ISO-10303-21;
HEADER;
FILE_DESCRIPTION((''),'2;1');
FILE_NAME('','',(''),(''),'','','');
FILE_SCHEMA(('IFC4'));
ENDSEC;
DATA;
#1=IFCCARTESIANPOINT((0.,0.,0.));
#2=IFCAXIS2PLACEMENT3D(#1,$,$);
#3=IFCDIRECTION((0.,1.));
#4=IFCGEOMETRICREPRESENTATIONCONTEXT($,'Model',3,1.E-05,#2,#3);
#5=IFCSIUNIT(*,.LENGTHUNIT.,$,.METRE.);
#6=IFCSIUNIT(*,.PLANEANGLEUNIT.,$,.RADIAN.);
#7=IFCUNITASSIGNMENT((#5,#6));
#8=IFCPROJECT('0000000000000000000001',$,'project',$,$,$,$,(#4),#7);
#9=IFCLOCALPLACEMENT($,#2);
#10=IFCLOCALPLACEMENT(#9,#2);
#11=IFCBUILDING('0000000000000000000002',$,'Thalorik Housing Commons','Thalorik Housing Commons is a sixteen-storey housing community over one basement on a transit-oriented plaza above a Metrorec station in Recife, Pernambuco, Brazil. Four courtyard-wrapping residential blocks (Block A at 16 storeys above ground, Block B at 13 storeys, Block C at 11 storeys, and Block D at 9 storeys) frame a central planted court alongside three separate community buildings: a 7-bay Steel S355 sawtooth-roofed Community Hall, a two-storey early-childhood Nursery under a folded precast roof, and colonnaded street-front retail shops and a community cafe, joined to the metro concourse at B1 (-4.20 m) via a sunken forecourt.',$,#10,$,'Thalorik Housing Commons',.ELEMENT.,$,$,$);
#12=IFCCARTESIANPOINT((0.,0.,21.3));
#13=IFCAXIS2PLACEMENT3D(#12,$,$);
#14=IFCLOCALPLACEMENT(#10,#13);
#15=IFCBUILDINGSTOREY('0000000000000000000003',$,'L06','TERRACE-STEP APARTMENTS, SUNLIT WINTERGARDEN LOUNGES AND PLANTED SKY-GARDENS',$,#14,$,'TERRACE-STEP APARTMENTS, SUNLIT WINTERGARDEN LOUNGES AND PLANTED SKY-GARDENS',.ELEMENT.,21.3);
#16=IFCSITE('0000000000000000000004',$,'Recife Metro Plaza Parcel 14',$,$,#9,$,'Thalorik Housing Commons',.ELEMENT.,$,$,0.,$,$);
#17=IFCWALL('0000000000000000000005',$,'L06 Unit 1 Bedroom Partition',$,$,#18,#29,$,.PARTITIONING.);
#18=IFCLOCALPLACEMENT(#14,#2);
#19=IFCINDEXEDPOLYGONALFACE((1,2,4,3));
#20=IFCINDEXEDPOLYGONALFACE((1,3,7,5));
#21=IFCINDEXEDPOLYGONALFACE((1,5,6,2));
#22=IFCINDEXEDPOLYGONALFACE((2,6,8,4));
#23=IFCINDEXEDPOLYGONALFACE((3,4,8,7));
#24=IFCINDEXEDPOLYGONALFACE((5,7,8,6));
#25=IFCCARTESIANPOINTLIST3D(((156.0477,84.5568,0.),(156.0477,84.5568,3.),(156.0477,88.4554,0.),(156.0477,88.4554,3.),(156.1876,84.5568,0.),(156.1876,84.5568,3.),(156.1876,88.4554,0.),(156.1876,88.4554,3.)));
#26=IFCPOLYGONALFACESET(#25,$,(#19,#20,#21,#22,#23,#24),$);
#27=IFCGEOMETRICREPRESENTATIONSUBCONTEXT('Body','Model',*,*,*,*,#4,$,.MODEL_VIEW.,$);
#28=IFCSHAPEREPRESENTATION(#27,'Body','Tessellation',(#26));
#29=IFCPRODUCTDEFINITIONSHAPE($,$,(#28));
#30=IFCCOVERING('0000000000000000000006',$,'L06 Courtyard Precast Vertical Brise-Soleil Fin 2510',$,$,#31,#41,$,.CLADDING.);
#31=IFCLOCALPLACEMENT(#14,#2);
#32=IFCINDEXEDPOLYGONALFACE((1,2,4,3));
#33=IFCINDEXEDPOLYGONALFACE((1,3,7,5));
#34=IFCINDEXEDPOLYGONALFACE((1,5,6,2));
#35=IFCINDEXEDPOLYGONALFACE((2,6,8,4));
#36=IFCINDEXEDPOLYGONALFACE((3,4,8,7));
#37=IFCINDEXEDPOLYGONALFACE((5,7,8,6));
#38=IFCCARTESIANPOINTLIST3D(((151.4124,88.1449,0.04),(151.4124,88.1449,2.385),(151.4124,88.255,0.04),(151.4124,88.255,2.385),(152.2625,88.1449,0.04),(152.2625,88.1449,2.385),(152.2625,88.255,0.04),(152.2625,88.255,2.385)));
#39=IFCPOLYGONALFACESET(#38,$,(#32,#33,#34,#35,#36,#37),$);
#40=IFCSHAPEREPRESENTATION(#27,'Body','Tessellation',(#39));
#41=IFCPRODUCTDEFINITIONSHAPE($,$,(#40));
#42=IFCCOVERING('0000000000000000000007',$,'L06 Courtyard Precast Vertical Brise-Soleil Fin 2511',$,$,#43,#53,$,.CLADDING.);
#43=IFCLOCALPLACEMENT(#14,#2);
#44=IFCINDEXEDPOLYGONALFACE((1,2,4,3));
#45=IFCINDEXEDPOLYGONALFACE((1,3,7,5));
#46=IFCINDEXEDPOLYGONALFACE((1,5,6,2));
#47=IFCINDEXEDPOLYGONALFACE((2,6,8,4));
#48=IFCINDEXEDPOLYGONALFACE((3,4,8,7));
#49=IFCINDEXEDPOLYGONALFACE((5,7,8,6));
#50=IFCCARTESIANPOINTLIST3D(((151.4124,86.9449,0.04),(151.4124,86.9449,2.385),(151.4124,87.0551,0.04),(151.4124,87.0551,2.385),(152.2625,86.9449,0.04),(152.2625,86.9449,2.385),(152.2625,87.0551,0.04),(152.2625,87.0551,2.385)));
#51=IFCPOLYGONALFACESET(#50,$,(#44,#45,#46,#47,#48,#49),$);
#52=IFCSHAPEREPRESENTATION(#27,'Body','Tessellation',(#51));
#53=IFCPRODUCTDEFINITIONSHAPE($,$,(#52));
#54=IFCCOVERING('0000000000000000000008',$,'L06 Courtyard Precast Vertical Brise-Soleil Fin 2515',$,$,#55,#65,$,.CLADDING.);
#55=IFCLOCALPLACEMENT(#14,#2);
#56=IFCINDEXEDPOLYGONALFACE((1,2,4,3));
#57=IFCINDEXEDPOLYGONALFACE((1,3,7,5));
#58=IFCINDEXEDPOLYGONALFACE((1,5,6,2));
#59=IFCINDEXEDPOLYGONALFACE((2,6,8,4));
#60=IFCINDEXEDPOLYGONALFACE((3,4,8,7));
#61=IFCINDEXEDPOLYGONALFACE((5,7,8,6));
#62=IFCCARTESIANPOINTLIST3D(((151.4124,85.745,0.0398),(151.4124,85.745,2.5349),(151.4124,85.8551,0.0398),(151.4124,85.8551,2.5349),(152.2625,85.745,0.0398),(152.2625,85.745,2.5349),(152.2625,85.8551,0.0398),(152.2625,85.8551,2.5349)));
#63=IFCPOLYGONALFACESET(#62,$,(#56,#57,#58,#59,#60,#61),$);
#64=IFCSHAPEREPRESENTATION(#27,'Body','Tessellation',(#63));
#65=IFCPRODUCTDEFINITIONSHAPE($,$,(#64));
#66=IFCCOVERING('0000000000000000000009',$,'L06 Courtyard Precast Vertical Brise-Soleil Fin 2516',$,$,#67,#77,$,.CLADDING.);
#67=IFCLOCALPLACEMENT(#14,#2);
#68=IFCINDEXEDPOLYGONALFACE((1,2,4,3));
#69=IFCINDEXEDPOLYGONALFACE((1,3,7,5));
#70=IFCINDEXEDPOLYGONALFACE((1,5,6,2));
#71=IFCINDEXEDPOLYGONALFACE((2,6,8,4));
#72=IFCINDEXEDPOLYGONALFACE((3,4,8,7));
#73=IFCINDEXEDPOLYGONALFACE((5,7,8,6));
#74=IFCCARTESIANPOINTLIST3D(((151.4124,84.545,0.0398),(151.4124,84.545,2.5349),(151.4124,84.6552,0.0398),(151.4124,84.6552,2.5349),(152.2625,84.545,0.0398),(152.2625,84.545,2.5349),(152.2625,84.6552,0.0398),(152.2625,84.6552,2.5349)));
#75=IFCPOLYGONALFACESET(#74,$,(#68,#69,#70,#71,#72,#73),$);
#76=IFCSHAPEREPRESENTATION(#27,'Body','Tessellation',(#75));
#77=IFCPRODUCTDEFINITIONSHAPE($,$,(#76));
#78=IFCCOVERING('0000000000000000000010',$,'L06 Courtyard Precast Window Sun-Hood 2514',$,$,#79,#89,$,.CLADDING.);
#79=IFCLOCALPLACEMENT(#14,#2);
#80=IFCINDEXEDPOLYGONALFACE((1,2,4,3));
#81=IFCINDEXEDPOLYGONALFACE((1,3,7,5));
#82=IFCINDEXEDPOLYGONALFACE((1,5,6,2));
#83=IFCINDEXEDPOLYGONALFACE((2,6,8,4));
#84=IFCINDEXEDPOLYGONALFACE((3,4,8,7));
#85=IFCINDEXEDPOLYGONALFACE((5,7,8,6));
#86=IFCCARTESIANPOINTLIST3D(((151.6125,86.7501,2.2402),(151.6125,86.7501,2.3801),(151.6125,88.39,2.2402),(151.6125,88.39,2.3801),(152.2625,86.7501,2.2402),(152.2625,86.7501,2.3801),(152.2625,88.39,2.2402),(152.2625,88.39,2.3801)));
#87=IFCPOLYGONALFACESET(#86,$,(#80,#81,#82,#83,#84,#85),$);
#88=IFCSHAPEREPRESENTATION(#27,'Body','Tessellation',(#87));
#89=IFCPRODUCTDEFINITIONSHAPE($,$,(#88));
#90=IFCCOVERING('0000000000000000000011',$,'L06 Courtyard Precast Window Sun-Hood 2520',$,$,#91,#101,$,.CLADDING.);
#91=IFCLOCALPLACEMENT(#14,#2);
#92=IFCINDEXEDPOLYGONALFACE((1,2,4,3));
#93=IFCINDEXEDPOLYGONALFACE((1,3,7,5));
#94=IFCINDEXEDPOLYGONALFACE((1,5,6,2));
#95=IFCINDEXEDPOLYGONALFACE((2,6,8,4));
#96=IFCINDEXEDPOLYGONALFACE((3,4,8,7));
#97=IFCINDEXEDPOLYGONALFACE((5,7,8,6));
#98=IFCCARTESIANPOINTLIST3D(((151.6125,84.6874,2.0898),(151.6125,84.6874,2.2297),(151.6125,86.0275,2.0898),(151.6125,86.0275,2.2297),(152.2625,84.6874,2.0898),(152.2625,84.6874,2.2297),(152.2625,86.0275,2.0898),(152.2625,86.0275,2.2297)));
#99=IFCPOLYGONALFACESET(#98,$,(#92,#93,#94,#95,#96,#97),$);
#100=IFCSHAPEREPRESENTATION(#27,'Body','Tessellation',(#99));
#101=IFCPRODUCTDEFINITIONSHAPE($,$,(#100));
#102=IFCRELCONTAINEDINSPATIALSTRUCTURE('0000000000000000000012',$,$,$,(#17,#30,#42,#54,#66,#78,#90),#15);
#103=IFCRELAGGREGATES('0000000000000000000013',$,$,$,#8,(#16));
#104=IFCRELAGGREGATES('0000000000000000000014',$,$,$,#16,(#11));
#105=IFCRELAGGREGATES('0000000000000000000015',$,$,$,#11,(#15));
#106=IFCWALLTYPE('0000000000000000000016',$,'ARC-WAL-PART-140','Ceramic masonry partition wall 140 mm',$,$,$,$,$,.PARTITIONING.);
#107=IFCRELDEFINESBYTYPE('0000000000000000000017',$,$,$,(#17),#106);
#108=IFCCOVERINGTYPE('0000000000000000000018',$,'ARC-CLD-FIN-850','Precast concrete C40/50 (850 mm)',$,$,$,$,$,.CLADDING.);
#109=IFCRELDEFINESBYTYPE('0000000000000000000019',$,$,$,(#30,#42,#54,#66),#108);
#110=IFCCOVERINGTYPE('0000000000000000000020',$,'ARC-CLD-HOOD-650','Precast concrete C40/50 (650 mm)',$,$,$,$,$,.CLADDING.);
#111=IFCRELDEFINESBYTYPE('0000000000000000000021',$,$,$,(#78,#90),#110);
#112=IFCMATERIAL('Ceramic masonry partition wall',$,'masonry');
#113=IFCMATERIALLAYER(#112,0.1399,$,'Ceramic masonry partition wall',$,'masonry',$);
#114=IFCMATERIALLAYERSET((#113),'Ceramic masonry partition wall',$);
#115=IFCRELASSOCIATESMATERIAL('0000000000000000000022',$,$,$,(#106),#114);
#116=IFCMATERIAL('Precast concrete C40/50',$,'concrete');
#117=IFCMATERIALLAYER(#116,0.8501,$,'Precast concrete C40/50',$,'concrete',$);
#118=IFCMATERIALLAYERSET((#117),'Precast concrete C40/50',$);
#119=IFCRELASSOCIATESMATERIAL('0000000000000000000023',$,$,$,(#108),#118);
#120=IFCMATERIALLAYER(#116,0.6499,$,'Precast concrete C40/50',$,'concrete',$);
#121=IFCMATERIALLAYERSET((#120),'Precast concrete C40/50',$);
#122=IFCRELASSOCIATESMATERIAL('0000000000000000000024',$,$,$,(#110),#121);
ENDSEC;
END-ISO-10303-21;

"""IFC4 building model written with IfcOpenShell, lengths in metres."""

from ifc_helpers import new_model, si_unit, direction, frame, frame_2d, origin, origin_2d, place, context, subcontext, project, spatial, rectangle, extrude, material, layer, layer_set, type_object, element, save


model = new_model("IFC4")

# Units and contexts
model_context = context("Model", 3, precision=1e-05, world=origin(), true_north=direction((0.0, 1.0)))
body_context = subcontext(model_context, "Body", "Model", "MODEL_VIEW")
ifc_project = project(units=[si_unit("LENGTHUNIT", "METRE"), si_unit("PLANEANGLEUNIT", "RADIAN")], contexts=[model_context])

# Site, building, storey
site_placement = place(None, origin())
site = spatial("IfcSite", under=ifc_project, at=site_placement, Name="Recife Metro Plaza Parcel 14", LongName="Thalorik Housing Commons", CompositionType="ELEMENT", RefElevation=0.0)
building_placement = place(site_placement, origin())
building = spatial("IfcBuilding", under=site, at=building_placement, Name="Thalorik Housing Commons", Description="Thalorik Housing Commons is a sixteen-storey housing community over one basement on a transit-oriented plaza above a Metrorec station in Recife, Pernambuco, Brazil. Four courtyard-wrapping residential blocks (Block A at 16 storeys above ground, Block B at 13 storeys, Block C at 11 storeys, and Block D at 9 storeys) frame a central planted court alongside three separate community buildings: a 7-bay Steel S355 sawtooth-roofed Community Hall, a two-storey early-childhood Nursery under a folded precast roof, and colonnaded street-front retail shops and a community cafe, joined to the metro concourse at B1 (-4.20 m) via a sunken forecourt.", LongName="Thalorik Housing Commons", CompositionType="ELEMENT")
storey_placement = place(building_placement, frame((0.0, 0.0, 21.3)))
storey = spatial("IfcBuildingStorey", under=building, at=storey_placement, Name="L06", Description="TERRACE-STEP APARTMENTS, SUNLIT WINTERGARDEN LOUNGES AND PLANTED SKY-GARDENS", LongName="TERRACE-STEP APARTMENTS, SUNLIT WINTERGARDEN LOUNGES AND PLANTED SKY-GARDENS", CompositionType="ELEMENT", Elevation=21.3)

# Shared definitions
ifc_material_1 = material(Name="Precast concrete C40/50", Category="concrete")

# Wall
ifc_material_2 = material(Name="Ceramic masonry partition wall", Category="masonry")
ifc_layer_1 = layer(ifc_material_2, 0.1399, Name="Ceramic masonry partition wall", Category="masonry")
ifc_layer_set_1 = layer_set([ifc_layer_1], Name="Ceramic masonry partition wall")
wall_type_1 = type_object("IfcWallType", Name="ARC-WAL-PART-140", Description="Ceramic masonry partition wall 140 mm", PredefinedType="PARTITIONING", material=ifc_layer_set_1)
wall_1_placement = place(storey_placement, frame((156.1177, 84.5569, 0.0), z_axis=(0.0, 0.0, 1.0), x_axis=(0.0, 1.0, 0.0)))
element("IfcWall", 1, at=wall_1_placement, inside=storey, type_object=wall_type_1, Name="L06 Unit 1 Bedroom Partition", PredefinedType="PARTITIONING", context=body_context, shape_type="SweptSolid", body=[
    extrude(rectangle(XDim=3.8987, YDim=0.1399, at=frame_2d((1.9492, 0.0))), origin(), (0.0, 0.0, 1.0), 3.0),
])

# Coverings
ifc_layer_2 = layer(ifc_material_1, 0.8501, Name="Precast concrete C40/50", Category="concrete")
ifc_layer_set_2 = layer_set([ifc_layer_2], Name="Precast concrete C40/50")
covering_type_1 = type_object("IfcCoveringType", Name="ARC-CLD-FIN-850", Description="Precast concrete C40/50 (850 mm)", PredefinedType="CLADDING", material=ifc_layer_set_2)
for number, where, z_axis, x_axis, name in (
    (2, (151.8374, 88.2, 0.04), (0.0, 0.0, 1.0), (0.0, -1.0, 0.0), "L06 Courtyard Precast Vertical Brise-Soleil Fin 2510"),
    (3, (151.8374, 87.0, 0.04), (0.0, 0.0, 1.0), (0.0, -1.0, 0.0), "L06 Courtyard Precast Vertical Brise-Soleil Fin 2511"),
):
    element("IfcCovering", number, at=place(storey_placement, frame(where, z_axis=z_axis, x_axis=x_axis)), inside=storey, type_object=covering_type_1, Name=name, PredefinedType="CLADDING", context=body_context, shape_type="SweptSolid", body=[
        extrude(rectangle(XDim=0.1101, YDim=0.8501, at=origin_2d()), origin(), (0.0, 0.0, 1.0), 2.345),
    ])
for number, where, z_axis, x_axis, name in (
    (4, (151.8374, 85.8, 0.0398), (0.0, 0.0, 1.0), (0.0, -1.0, 0.0), "L06 Courtyard Precast Vertical Brise-Soleil Fin 2515"),
    (5, (151.8374, 84.6001, 0.0398), (0.0, 0.0, 1.0), (0.0, -1.0, 0.0), "L06 Courtyard Precast Vertical Brise-Soleil Fin 2516"),
):
    element("IfcCovering", number, at=place(storey_placement, frame(where, z_axis=z_axis, x_axis=x_axis)), inside=storey, type_object=covering_type_1, Name=name, PredefinedType="CLADDING", context=body_context, shape_type="SweptSolid", body=[
        extrude(rectangle(XDim=0.1101, YDim=0.8501, at=origin_2d()), origin(), (0.0, 0.0, 1.0), 2.4951),
    ])
ifc_layer_3 = layer(ifc_material_1, 0.6499, Name="Precast concrete C40/50", Category="concrete")
ifc_layer_set_3 = layer_set([ifc_layer_3], Name="Precast concrete C40/50")
covering_type_2 = type_object("IfcCoveringType", Name="ARC-CLD-HOOD-650", Description="Precast concrete C40/50 (650 mm)", PredefinedType="CLADDING", material=ifc_layer_set_3)
covering_1_placement = place(storey_placement, frame((151.9375, 87.5701, 2.2402), z_axis=(0.0, 0.0, 1.0), x_axis=(0.0, -1.0, 0.0)))
element("IfcCovering", 6, at=covering_1_placement, inside=storey, type_object=covering_type_2, Name="L06 Courtyard Precast Window Sun-Hood 2514", PredefinedType="CLADDING", context=body_context, shape_type="SweptSolid", body=[
    extrude(rectangle(XDim=1.6399, YDim=0.6499, at=origin_2d()), origin(), (0.0, 0.0, 1.0), 0.1399),
])
covering_2_placement = place(storey_placement, frame((151.9375, 85.3574, 2.0898), z_axis=(0.0, 0.0, 1.0), x_axis=(0.0, -1.0, 0.0)))
element("IfcCovering", 7, at=covering_2_placement, inside=storey, type_object=covering_type_2, Name="L06 Courtyard Precast Window Sun-Hood 2520", PredefinedType="CLADDING", context=body_context, shape_type="SweptSolid", body=[
    extrude(rectangle(XDim=1.3401, YDim=0.6499, at=origin_2d()), origin(), (0.0, 0.0, 1.0), 0.1399),
])

save(model, "model.ifc")
